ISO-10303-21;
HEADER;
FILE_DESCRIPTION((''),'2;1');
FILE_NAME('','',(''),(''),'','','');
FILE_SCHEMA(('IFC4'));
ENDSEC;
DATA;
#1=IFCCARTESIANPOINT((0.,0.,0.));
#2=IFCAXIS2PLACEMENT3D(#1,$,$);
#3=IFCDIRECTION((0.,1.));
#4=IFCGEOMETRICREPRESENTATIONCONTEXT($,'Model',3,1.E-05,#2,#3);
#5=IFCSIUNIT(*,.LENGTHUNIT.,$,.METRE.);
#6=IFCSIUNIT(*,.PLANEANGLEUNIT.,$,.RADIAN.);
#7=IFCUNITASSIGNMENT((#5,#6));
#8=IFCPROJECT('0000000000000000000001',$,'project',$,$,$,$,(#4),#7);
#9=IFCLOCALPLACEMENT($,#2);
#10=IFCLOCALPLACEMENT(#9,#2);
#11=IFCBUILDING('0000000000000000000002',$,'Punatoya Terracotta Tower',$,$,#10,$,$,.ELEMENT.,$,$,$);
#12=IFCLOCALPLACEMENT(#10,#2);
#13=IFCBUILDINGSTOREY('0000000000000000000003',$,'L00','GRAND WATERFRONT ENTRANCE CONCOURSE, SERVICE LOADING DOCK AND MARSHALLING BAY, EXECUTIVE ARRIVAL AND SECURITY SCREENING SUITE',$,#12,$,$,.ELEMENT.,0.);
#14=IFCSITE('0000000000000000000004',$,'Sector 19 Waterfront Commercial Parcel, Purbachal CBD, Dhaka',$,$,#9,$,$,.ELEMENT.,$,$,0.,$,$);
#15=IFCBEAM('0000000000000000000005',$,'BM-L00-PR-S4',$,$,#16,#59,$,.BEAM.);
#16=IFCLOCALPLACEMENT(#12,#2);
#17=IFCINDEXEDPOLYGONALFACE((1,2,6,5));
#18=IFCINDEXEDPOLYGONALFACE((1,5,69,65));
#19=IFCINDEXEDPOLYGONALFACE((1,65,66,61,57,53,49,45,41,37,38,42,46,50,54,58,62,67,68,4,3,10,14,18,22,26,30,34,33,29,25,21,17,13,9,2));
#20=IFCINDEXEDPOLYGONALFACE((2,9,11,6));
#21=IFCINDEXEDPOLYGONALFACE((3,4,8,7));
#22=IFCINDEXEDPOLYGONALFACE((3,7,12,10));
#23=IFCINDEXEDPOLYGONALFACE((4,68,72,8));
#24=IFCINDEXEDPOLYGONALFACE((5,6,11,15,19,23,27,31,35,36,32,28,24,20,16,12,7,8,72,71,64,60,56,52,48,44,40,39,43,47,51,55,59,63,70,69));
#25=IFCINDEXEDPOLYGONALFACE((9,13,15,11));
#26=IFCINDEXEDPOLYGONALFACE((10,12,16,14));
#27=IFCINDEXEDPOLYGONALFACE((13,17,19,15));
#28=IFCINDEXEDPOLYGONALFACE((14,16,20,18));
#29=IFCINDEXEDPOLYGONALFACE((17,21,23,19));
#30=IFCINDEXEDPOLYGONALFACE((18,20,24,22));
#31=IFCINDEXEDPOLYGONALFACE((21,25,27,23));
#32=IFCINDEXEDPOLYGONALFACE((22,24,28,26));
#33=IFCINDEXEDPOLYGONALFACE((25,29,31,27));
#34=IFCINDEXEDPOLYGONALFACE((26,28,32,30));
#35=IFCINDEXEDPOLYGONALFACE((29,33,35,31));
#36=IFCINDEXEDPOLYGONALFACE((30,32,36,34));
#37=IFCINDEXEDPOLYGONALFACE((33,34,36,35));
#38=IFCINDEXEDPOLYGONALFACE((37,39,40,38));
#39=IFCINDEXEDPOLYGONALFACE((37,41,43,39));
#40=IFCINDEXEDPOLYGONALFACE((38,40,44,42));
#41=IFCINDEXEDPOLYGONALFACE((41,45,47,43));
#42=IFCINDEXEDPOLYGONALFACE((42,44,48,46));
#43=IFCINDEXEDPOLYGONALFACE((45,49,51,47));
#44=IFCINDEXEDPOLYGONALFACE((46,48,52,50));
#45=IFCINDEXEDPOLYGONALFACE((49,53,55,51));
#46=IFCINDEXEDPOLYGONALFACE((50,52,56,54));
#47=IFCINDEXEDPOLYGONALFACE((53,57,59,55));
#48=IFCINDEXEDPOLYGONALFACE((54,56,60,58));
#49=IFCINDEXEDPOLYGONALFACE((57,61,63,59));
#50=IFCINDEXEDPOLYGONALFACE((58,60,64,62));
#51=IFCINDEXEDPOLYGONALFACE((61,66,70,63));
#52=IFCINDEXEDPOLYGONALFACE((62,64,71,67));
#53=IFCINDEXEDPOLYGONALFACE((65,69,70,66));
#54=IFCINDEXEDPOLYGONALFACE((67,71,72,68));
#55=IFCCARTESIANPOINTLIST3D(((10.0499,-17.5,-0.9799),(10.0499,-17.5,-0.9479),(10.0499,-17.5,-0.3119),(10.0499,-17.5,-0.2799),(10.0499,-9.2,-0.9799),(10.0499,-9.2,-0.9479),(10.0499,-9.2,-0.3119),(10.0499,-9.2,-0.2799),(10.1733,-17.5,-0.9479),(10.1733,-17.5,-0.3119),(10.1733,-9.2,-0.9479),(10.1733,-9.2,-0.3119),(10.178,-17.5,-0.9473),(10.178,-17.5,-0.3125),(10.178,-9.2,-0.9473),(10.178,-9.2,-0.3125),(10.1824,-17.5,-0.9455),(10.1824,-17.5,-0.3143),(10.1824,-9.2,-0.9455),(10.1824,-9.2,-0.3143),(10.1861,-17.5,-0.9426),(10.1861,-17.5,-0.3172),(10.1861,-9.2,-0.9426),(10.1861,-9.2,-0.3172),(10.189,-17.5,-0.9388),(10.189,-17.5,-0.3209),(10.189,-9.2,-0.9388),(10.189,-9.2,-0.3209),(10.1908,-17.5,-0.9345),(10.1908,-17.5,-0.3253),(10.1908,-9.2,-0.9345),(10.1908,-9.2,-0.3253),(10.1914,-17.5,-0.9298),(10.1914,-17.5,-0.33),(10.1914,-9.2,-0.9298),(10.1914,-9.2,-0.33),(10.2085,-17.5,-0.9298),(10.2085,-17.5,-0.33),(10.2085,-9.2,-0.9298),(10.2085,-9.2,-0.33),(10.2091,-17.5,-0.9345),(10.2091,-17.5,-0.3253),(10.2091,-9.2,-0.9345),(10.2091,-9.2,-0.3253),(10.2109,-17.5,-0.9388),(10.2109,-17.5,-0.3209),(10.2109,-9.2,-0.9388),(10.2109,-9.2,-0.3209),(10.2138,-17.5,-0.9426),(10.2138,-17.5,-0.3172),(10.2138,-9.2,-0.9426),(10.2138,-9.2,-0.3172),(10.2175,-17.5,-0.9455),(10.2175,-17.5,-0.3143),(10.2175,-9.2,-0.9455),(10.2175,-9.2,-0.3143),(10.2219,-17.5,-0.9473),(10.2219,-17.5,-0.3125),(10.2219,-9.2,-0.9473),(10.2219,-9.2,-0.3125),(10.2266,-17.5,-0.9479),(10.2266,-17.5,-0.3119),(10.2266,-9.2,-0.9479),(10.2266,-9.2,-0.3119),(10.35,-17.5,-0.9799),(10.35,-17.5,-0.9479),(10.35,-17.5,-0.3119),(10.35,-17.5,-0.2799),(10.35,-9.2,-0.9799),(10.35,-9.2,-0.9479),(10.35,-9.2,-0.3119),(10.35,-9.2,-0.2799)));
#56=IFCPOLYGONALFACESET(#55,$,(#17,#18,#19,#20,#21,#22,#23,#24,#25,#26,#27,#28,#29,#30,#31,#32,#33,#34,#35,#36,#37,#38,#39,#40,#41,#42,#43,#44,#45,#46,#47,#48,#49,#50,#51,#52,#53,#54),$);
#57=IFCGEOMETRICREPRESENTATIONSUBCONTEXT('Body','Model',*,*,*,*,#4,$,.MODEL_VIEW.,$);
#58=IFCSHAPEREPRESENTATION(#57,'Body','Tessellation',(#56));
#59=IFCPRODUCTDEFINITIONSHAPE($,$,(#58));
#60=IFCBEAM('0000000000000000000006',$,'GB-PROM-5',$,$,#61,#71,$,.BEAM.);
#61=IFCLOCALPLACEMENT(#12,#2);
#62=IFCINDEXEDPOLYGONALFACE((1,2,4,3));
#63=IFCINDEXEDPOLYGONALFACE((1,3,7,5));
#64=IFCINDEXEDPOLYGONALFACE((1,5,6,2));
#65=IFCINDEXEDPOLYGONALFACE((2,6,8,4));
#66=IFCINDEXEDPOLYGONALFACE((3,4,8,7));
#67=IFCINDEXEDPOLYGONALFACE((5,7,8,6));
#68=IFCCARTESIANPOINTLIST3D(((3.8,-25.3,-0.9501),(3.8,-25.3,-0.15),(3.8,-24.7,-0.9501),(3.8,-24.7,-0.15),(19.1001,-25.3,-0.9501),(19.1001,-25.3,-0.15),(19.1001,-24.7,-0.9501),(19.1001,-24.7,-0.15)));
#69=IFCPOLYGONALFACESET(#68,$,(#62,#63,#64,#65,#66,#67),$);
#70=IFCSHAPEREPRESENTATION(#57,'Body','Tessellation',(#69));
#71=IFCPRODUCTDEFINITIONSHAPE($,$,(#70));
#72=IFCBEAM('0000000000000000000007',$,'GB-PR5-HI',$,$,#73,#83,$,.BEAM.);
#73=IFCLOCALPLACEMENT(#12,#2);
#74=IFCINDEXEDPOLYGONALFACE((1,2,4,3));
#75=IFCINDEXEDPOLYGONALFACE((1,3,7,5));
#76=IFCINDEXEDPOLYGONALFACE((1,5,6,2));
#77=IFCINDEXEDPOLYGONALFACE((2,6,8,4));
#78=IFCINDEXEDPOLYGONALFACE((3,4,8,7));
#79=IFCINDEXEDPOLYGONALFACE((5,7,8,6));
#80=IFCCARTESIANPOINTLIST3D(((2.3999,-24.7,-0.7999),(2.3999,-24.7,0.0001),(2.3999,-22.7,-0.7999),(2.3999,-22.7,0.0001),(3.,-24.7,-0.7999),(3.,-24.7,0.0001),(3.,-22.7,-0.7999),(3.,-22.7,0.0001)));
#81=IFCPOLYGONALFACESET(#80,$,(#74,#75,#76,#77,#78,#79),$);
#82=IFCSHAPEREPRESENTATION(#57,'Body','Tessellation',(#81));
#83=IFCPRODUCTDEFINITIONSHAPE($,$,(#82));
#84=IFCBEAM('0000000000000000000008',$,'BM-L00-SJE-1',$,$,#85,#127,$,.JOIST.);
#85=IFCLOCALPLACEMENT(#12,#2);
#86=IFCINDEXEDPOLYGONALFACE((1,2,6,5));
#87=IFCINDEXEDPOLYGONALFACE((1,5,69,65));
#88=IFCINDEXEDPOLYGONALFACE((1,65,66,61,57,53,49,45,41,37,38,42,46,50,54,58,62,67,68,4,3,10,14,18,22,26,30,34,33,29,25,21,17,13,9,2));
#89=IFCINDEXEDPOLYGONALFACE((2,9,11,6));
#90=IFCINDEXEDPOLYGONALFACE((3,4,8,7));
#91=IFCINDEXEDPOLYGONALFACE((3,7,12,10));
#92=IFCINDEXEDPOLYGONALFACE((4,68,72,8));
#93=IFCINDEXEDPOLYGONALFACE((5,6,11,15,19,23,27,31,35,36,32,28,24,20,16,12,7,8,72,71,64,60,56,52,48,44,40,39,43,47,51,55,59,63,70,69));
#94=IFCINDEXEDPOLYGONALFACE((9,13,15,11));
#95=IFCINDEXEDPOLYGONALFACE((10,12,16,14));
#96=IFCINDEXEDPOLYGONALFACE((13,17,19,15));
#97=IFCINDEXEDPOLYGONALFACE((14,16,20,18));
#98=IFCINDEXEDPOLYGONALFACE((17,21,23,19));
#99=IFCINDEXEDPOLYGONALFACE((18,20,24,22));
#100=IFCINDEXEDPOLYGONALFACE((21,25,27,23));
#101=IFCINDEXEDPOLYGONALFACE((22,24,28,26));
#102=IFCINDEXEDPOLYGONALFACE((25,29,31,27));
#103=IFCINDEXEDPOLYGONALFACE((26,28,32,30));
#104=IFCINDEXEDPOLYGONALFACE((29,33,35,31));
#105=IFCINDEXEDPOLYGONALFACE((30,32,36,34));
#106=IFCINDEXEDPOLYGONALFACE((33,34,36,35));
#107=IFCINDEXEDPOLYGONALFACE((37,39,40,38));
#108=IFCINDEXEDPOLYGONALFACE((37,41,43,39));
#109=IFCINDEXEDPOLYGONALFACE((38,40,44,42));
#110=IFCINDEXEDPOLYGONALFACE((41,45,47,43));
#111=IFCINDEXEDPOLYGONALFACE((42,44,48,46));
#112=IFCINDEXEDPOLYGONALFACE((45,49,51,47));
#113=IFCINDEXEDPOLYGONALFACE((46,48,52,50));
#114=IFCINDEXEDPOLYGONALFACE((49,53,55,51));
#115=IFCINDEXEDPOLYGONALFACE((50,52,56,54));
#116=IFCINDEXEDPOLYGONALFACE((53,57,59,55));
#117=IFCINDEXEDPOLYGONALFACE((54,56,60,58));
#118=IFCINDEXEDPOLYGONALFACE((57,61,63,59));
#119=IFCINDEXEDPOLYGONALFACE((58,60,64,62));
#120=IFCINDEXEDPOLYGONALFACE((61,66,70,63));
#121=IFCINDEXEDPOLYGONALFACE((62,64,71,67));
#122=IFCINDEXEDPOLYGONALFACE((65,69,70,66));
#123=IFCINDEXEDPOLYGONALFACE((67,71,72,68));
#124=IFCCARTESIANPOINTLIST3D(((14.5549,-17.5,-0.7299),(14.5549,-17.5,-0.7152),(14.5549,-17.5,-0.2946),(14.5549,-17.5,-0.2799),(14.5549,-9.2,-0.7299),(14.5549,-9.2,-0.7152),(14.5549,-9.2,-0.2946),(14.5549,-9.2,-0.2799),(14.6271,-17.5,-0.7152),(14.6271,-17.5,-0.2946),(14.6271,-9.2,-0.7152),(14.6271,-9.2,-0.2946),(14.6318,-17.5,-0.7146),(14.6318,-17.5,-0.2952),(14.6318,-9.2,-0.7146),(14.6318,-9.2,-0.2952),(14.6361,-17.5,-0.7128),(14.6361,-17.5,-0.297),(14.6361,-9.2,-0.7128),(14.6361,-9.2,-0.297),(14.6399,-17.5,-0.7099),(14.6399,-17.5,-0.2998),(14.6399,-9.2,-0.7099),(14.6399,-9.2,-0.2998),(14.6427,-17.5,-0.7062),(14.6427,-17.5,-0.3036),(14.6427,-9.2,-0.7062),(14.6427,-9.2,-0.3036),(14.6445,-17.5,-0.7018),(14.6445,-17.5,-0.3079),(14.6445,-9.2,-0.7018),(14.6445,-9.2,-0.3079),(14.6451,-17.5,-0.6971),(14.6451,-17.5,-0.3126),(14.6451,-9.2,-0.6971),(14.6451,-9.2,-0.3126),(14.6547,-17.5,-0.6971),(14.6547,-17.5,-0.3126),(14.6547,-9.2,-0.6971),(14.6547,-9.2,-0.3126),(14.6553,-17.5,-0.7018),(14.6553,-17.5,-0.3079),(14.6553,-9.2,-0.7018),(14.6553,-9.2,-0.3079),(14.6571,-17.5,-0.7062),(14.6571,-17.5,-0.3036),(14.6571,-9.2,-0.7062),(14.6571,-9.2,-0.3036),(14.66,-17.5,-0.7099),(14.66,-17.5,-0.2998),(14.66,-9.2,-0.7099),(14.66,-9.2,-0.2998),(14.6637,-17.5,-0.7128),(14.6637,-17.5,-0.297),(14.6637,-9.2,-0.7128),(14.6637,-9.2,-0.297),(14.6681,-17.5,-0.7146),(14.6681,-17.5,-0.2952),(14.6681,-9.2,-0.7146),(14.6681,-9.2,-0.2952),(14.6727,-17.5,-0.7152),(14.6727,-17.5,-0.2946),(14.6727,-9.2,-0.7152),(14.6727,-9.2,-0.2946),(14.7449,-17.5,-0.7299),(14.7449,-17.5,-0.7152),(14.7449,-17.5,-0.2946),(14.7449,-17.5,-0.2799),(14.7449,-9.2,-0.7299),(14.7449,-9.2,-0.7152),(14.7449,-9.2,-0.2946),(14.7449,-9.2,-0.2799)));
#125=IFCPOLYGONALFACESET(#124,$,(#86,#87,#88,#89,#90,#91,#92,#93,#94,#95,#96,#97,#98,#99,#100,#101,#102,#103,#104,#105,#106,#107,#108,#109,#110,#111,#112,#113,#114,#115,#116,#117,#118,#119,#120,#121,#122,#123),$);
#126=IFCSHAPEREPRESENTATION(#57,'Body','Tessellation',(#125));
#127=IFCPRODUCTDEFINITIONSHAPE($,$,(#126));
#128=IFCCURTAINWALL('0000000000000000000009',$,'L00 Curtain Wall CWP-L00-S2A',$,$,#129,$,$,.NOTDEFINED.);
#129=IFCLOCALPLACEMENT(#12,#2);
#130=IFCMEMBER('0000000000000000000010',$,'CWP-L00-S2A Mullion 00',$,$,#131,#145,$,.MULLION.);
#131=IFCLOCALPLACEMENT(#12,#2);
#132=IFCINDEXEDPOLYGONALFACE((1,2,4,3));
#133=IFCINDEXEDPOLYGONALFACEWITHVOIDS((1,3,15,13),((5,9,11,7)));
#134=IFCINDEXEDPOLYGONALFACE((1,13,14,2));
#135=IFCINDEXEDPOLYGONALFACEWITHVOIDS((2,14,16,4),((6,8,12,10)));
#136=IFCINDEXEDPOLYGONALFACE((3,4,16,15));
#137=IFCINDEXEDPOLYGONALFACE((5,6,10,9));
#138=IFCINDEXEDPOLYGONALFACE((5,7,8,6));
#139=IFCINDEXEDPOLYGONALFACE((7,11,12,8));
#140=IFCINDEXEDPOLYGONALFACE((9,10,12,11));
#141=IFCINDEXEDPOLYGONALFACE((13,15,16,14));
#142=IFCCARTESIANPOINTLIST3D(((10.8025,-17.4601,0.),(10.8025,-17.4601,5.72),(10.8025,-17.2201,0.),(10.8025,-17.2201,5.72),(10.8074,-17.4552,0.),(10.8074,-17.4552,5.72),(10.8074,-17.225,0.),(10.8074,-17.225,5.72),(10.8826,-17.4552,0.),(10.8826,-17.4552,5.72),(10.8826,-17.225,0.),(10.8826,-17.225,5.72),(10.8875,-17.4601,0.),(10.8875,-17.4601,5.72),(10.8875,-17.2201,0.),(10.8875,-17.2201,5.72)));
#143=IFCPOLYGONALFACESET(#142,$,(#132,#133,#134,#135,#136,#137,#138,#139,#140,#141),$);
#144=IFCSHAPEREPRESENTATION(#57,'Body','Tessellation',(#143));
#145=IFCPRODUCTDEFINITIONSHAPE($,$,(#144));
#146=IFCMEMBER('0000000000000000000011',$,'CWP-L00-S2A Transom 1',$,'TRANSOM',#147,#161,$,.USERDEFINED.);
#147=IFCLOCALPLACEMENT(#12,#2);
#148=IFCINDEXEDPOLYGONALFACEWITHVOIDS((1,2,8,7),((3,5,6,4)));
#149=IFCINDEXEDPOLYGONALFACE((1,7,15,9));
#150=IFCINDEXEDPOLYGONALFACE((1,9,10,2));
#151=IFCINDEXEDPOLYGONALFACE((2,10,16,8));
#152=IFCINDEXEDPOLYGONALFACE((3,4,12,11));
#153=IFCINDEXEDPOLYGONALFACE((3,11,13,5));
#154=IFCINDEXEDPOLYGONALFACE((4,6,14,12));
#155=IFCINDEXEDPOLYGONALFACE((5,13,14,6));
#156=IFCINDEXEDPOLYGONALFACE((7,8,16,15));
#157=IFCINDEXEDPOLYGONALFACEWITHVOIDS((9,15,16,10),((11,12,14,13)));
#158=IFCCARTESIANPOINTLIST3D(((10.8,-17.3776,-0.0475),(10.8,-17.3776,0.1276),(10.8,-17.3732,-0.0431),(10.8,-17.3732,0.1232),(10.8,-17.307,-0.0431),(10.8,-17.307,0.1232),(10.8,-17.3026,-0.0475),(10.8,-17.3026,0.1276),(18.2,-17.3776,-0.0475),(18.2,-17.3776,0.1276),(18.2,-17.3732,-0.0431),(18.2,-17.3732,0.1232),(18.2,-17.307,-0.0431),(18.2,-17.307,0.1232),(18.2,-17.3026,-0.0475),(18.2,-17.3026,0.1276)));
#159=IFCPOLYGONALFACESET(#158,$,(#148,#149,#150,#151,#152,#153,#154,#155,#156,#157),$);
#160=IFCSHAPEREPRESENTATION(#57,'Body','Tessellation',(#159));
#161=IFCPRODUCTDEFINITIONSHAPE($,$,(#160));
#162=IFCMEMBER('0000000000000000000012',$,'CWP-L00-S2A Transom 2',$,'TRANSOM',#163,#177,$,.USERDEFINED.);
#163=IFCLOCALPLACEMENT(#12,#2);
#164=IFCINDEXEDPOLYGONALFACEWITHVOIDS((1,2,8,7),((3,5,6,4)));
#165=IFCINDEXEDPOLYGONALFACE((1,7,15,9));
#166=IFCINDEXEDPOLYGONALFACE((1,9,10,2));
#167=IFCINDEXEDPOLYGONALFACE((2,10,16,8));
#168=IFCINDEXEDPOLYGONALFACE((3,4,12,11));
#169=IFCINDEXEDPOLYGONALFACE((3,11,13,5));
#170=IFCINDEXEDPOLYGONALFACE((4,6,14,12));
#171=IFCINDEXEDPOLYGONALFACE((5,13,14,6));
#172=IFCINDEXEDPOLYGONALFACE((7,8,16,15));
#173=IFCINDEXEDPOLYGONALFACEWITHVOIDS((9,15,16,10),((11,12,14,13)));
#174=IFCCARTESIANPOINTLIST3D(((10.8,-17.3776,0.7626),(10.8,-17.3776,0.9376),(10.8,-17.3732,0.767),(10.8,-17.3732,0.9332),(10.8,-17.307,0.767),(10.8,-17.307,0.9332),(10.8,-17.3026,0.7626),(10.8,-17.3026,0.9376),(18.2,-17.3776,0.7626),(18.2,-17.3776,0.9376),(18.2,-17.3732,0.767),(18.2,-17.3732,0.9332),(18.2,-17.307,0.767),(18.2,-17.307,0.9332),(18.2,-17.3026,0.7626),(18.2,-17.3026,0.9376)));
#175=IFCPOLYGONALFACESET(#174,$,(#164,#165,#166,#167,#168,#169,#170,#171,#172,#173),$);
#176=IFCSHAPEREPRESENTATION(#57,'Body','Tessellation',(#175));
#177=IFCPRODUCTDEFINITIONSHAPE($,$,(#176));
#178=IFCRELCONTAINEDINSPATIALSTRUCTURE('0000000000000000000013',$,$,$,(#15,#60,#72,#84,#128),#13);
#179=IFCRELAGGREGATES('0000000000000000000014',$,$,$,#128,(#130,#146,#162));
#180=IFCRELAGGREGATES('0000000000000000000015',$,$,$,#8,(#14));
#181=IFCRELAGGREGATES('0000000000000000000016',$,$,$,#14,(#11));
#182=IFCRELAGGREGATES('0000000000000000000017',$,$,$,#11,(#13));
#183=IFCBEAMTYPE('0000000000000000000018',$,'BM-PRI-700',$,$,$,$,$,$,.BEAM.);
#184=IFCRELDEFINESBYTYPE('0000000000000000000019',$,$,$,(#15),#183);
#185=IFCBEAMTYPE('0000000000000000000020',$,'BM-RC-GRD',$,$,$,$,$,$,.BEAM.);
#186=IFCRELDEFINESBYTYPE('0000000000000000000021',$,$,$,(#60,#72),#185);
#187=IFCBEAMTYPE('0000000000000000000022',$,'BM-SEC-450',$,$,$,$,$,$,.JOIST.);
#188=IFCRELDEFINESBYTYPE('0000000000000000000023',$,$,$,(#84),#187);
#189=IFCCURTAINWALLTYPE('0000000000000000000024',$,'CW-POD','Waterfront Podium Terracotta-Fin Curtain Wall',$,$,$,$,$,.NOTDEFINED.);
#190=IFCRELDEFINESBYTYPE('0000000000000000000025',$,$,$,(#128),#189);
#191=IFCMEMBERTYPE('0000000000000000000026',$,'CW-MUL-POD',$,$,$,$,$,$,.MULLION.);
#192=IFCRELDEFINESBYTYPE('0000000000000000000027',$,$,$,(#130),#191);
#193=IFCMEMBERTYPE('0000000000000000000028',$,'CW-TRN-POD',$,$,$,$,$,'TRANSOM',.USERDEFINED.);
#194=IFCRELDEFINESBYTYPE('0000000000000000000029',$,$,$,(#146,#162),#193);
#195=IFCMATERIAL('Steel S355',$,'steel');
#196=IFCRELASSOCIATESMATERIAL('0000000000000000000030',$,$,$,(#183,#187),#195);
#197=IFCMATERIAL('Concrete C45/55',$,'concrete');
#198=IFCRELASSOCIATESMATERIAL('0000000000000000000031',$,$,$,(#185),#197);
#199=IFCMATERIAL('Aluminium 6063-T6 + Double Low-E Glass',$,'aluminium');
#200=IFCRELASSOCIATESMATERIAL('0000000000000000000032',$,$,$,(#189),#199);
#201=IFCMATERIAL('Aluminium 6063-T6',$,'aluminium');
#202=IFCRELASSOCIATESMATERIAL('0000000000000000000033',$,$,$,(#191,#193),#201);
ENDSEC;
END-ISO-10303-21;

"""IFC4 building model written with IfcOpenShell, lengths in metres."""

from ifc_helpers import new_model, si_unit, direction, frame, origin, origin_2d, place, context, subcontext, project, spatial, rectangle, hollow_rectangle, i_section, extrude, material, material_profile, profile_set, type_object, element, aggregate, save


model = new_model("IFC4")

# Units and contexts
model_context = context("Model", 3, precision=1e-05, world=origin(), true_north=direction((0.0, 1.0)))
body_context = subcontext(model_context, "Body", "Model", "MODEL_VIEW")
ifc_project = project(units=[si_unit("LENGTHUNIT", "METRE"), si_unit("PLANEANGLEUNIT", "RADIAN")], contexts=[model_context])

# Site, building, storey
site_placement = place(None, origin())
site = spatial("IfcSite", under=ifc_project, at=site_placement, Name="Sector 19 Waterfront Commercial Parcel, Purbachal CBD, Dhaka", CompositionType="ELEMENT", RefElevation=0.0)
building_placement = place(site_placement, origin())
building = spatial("IfcBuilding", under=site, at=building_placement, Name="Punatoya Terracotta Tower", CompositionType="ELEMENT")
storey_placement = place(building_placement, origin())
storey = spatial("IfcBuildingStorey", under=building, at=storey_placement, Name="L00", Description="GRAND WATERFRONT ENTRANCE CONCOURSE, SERVICE LOADING DOCK AND MARSHALLING BAY, EXECUTIVE ARRIVAL AND SECURITY SCREENING SUITE", CompositionType="ELEMENT", Elevation=0.0)

# Beams
ifc_material_1 = material(Name="Steel S355", Category="steel")
ifc_material_profile_1 = material_profile(ifc_material_1, i_section(OverallWidth=0.3, OverallDepth=0.7, WebThickness=0.0171, FlangeThickness=0.032, FilletRadius=0.0181, at=origin_2d()))
ifc_profile_set_1 = profile_set([ifc_material_profile_1], Name="Steel S355")
beam_type_1 = type_object("IfcBeamType", Name="BM-PRI-700", PredefinedType="BEAM", material=ifc_profile_set_1)
for number, where, z_axis, x_axis, name in (
    (1, (10.2, -17.5, -0.6299), (0.0, 1.0, 0.0), (-1.0, 0.0, 0.0), "BM-L00-PR-S4"),
):
    element("IfcBeam", number, at=place(storey_placement, frame(where, z_axis=z_axis, x_axis=x_axis)), inside=storey, type_object=beam_type_1, Name=name, PredefinedType="BEAM", context=body_context, shape_type="SweptSolid", body=[
        extrude(i_section(OverallWidth=0.3, OverallDepth=0.7, WebThickness=0.0171, FlangeThickness=0.032, FilletRadius=0.0181, at=origin_2d()), origin(), (0.0, 0.0, 1.0), 8.3),
    ])
ifc_material_2 = material(Name="Concrete C45/55", Category="concrete")
ifc_material_profile_2 = material_profile(ifc_material_2, rectangle(XDim=0.6001, YDim=0.8, at=origin_2d()))
ifc_profile_set_2 = profile_set([ifc_material_profile_2], Name="Concrete C45/55")
beam_type_2 = type_object("IfcBeamType", Name="BM-RC-GRD", PredefinedType="BEAM", material=ifc_profile_set_2)
beam_1_placement = place(storey_placement, frame((3.8, -25.0, -0.55), z_axis=(1.0, 0.0, 0.0), x_axis=(0.0, 1.0, 0.0)))
element("IfcBeam", 2, at=beam_1_placement, inside=storey, type_object=beam_type_2, Name="GB-PROM-5", PredefinedType="BEAM", context=body_context, shape_type="SweptSolid", body=[
    extrude(rectangle(XDim=0.6001, YDim=0.8, at=origin_2d()), origin(), (0.0, 0.0, 1.0), 15.3),
])
beam_2_placement = place(storey_placement, frame((2.7, -24.7, -0.3999), z_axis=(0.0, 1.0, 0.0), x_axis=(-1.0, 0.0, 0.0)))
element("IfcBeam", 3, at=beam_2_placement, inside=storey, type_object=beam_type_2, Name="GB-PR5-HI", PredefinedType="BEAM", context=body_context, shape_type="SweptSolid", body=[
    extrude(rectangle(XDim=0.6001, YDim=0.8, at=origin_2d()), origin(), (0.0, 0.0, 1.0), 2.0),
])
ifc_material_profile_3 = material_profile(ifc_material_1, i_section(OverallWidth=0.1899, OverallDepth=0.45, WebThickness=0.0095, FlangeThickness=0.0146, FilletRadius=0.0181, at=origin_2d()))
ifc_profile_set_3 = profile_set([ifc_material_profile_3], Name="Steel S355")
beam_type_3 = type_object("IfcBeamType", Name="BM-SEC-450", PredefinedType="JOIST", material=ifc_profile_set_3)
beam_3_placement = place(storey_placement, frame((14.6499, -17.5, -0.5049), z_axis=(0.0, 1.0, 0.0), x_axis=(-1.0, 0.0, 0.0)))
element("IfcBeam", 4, at=beam_3_placement, inside=storey, type_object=beam_type_3, Name="BM-L00-SJE-1", PredefinedType="JOIST", context=body_context, shape_type="SweptSolid", body=[
    extrude(i_section(OverallWidth=0.1899, OverallDepth=0.45, WebThickness=0.0095, FlangeThickness=0.0146, FilletRadius=0.0181, at=origin_2d()), origin(), (0.0, 0.0, 1.0), 8.3),
])

# Curtain wall, members
ifc_material_3 = material(Name="Aluminium 6063-T6 + Double Low-E Glass", Category="aluminium")
curtain_wall_type = type_object("IfcCurtainWallType", Name="CW-POD", Description="Waterfront Podium Terracotta-Fin Curtain Wall", PredefinedType="NOTDEFINED", material=ifc_material_3)
curtain_wall_placement = place(storey_placement, origin())
curtain_wall = element("IfcCurtainWall", 5, at=curtain_wall_placement, inside=storey, type_object=curtain_wall_type, Name="L00 Curtain Wall CWP-L00-S2A", PredefinedType="NOTDEFINED")
ifc_material_4 = material(Name="Aluminium 6063-T6", Category="aluminium")
ifc_material_profile_4 = material_profile(ifc_material_4, hollow_rectangle(XDim=0.085, YDim=0.24, WallThickness=0.0049, at=origin_2d()))
ifc_profile_set_4 = profile_set([ifc_material_profile_4], Name="Aluminium 6063-T6")
member_type_1 = type_object("IfcMemberType", Name="CW-MUL-POD", PredefinedType="MULLION", material=ifc_profile_set_4)
member_1_placement = place(storey_placement, frame((10.845, -17.3401, 0.0), z_axis=(0.0, 0.0, 1.0), x_axis=(1.0, 0.0, 0.0)))
member_1 = element("IfcMember", 6, at=member_1_placement, type_object=member_type_1, Name="CWP-L00-S2A Mullion 00", PredefinedType="MULLION", context=body_context, shape_type="SweptSolid", body=[
    extrude(hollow_rectangle(XDim=0.085, YDim=0.24, WallThickness=0.0049, at=origin_2d()), origin(), (0.0, 0.0, 1.0), 5.72),
])
ifc_material_profile_5 = material_profile(ifc_material_4, hollow_rectangle(XDim=0.075, YDim=0.175, WallThickness=0.0044, at=origin_2d()))
ifc_profile_set_5 = profile_set([ifc_material_profile_5], Name="Aluminium 6063-T6")
member_type_2 = type_object("IfcMemberType", Name="CW-TRN-POD", ElementType="TRANSOM", PredefinedType="USERDEFINED", material=ifc_profile_set_5)
member_2_placement = place(storey_placement, frame((10.8, -17.3401, 0.04), z_axis=(1.0, 0.0, 0.0), x_axis=(0.0, 1.0, 0.0)))
member_2 = element("IfcMember", 7, at=member_2_placement, type_object=member_type_2, Name="CWP-L00-S2A Transom 1", ObjectType="TRANSOM", PredefinedType="USERDEFINED", context=body_context, shape_type="SweptSolid", body=[
    extrude(hollow_rectangle(XDim=0.075, YDim=0.175, WallThickness=0.0044, at=origin_2d()), origin(), (0.0, 0.0, 1.0), 7.3999),
])
member_3_placement = place(storey_placement, frame((10.8, -17.3401, 0.8501), z_axis=(1.0, 0.0, 0.0), x_axis=(0.0, 1.0, 0.0)))
member_3 = element("IfcMember", 8, at=member_3_placement, type_object=member_type_2, Name="CWP-L00-S2A Transom 2", ObjectType="TRANSOM", PredefinedType="USERDEFINED", context=body_context, shape_type="SweptSolid", body=[
    extrude(hollow_rectangle(XDim=0.075, YDim=0.175, WallThickness=0.0044, at=origin_2d()), origin(), (0.0, 0.0, 1.0), 7.3999),
])
aggregate(curtain_wall, [member_1, member_2, member_3])

save(model, "model.ifc")
